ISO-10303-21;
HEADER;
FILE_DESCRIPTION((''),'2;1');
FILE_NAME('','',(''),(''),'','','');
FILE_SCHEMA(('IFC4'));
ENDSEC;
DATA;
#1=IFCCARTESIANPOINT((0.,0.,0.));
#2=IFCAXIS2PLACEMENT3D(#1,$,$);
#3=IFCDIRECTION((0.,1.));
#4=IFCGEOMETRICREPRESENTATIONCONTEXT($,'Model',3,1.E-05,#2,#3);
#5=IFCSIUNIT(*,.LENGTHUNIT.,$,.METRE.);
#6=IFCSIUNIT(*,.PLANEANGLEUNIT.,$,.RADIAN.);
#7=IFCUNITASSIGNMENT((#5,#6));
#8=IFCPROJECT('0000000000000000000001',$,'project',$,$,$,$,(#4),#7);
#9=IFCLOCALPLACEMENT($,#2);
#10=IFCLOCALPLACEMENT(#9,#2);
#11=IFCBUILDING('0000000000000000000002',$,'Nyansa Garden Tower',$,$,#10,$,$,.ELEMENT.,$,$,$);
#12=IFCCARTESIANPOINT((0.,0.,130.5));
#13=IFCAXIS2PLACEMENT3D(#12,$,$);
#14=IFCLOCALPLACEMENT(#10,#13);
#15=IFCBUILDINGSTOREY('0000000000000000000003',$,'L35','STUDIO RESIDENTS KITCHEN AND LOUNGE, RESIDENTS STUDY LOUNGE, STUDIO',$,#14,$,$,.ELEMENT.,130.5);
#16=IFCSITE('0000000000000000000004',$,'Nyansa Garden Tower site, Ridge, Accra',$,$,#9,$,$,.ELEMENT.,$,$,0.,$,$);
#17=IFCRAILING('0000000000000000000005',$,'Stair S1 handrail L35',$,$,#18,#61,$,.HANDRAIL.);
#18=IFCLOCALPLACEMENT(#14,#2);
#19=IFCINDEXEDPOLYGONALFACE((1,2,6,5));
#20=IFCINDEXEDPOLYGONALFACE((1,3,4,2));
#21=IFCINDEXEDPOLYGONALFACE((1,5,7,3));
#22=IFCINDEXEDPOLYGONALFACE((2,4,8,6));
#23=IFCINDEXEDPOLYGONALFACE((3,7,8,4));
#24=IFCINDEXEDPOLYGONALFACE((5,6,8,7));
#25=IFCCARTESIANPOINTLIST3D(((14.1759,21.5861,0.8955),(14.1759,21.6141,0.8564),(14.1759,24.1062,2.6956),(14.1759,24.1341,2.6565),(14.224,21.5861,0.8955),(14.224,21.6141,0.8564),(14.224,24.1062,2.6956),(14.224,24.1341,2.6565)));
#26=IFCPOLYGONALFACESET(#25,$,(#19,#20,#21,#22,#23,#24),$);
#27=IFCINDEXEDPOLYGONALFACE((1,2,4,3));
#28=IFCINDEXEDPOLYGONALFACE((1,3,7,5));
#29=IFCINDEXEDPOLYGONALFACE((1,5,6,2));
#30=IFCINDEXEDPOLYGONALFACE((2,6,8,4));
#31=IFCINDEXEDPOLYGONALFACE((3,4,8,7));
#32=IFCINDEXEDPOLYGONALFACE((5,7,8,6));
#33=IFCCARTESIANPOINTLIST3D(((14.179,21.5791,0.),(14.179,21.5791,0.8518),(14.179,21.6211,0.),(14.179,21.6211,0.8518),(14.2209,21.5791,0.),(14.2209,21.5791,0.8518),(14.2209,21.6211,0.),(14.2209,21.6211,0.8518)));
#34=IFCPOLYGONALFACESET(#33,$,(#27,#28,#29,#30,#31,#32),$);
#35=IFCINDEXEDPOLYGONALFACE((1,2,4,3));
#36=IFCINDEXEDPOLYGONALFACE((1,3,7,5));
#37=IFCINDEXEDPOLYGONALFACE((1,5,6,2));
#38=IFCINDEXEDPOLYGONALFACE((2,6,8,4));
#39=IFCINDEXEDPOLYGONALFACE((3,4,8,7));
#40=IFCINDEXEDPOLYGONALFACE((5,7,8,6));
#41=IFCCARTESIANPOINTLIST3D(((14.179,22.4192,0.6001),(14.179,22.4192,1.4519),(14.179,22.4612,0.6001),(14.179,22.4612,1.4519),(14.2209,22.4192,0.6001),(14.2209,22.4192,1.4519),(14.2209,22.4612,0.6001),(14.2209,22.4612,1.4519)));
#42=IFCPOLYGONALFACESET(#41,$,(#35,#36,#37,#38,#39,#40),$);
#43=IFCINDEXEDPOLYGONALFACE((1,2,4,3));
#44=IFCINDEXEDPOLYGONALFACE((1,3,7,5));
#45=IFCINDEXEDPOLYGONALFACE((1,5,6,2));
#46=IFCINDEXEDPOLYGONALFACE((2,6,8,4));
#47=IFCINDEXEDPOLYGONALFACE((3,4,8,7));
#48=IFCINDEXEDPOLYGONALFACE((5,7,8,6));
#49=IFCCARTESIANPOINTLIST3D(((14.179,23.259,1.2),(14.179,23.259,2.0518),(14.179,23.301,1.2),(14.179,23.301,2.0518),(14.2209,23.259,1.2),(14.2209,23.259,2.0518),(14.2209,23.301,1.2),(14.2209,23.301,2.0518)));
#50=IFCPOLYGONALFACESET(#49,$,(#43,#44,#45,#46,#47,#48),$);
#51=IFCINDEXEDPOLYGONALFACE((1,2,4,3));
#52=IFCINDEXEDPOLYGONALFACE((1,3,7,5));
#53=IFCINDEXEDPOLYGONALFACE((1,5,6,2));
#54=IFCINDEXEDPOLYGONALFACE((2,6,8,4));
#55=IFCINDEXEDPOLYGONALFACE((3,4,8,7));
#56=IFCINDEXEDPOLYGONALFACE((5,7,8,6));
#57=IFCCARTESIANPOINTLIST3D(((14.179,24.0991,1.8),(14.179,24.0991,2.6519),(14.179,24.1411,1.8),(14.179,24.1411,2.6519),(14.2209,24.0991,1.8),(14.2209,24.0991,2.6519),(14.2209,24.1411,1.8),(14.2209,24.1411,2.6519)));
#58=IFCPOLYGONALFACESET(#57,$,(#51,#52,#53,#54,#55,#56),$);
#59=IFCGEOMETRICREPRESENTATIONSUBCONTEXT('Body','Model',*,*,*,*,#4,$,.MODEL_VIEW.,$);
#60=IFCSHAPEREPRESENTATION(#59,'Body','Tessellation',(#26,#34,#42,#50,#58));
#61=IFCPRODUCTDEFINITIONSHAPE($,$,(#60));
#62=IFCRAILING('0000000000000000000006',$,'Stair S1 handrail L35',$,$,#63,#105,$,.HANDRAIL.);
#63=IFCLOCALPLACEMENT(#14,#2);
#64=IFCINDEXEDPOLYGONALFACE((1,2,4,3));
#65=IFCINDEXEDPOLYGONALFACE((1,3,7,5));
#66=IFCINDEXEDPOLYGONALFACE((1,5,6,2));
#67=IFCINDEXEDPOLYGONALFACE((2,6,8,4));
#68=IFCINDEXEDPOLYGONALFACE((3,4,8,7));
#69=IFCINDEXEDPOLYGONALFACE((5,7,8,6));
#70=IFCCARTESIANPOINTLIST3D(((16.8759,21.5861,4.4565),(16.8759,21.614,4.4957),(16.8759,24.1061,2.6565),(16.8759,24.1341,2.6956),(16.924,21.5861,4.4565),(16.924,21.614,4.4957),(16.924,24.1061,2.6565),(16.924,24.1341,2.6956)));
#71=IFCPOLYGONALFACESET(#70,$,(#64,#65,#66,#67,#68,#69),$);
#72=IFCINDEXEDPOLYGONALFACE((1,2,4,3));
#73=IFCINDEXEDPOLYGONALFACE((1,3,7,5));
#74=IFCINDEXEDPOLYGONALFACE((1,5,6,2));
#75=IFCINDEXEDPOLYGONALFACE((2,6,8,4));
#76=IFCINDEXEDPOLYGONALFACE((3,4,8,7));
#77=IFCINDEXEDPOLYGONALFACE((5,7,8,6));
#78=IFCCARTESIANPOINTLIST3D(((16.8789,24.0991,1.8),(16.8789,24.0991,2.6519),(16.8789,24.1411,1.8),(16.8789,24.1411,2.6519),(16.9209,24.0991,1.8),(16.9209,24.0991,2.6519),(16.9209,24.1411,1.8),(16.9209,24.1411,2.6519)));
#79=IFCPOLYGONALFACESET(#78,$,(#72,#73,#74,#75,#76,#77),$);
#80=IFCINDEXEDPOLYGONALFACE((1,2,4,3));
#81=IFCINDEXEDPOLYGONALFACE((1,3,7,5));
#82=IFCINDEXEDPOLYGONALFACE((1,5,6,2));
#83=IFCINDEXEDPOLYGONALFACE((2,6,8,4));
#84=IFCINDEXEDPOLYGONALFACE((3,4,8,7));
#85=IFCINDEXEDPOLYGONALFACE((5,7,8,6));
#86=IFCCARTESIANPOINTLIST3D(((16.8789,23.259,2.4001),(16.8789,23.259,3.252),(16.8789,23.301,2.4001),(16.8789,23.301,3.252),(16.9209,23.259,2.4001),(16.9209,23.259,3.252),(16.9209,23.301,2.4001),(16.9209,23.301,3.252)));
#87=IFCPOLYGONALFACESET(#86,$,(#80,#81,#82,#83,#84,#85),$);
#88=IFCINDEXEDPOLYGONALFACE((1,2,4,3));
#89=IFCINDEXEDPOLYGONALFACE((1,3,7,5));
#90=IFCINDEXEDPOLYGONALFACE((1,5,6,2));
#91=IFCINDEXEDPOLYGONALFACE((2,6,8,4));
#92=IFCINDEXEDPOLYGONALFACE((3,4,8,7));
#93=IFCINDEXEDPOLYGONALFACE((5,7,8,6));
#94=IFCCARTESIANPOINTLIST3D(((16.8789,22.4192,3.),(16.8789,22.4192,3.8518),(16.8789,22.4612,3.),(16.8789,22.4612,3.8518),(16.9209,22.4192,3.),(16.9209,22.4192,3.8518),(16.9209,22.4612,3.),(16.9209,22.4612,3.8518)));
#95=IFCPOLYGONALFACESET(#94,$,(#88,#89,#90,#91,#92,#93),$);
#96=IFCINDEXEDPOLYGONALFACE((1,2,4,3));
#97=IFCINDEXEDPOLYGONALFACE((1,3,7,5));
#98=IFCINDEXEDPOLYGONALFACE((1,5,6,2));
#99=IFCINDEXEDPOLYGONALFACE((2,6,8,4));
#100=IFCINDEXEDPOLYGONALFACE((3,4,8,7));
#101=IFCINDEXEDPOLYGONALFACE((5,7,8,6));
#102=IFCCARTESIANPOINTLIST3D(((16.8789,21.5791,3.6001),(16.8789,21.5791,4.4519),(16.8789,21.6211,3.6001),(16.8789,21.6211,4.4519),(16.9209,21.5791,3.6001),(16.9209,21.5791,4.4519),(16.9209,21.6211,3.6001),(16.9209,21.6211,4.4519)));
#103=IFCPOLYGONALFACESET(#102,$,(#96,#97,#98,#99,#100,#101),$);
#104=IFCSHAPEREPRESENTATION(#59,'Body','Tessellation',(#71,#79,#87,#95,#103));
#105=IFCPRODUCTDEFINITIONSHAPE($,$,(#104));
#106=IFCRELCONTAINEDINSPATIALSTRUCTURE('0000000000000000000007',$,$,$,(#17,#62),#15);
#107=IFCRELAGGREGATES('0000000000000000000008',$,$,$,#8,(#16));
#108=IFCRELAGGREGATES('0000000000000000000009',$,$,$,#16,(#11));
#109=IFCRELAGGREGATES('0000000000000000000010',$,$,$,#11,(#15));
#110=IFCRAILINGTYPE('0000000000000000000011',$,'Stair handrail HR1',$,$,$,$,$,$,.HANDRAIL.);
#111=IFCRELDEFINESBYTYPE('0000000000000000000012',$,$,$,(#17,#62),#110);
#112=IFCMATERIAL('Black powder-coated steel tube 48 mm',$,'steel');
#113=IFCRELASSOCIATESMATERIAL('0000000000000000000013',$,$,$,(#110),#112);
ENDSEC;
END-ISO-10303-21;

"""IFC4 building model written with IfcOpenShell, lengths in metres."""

from ifc_helpers import new_model, si_unit, direction, frame, origin, origin_2d, place, context, subcontext, project, spatial, rectangle, extrude, material, type_object, element, save


model = new_model("IFC4")

# Units and contexts
model_context = context("Model", 3, precision=1e-05, world=origin(), true_north=direction((0.0, 1.0)))
body_context = subcontext(model_context, "Body", "Model", "MODEL_VIEW")
ifc_project = project(units=[si_unit("LENGTHUNIT", "METRE"), si_unit("PLANEANGLEUNIT", "RADIAN")], contexts=[model_context])

# Site, building, storey
site_placement = place(None, origin())
site = spatial("IfcSite", under=ifc_project, at=site_placement, Name="Nyansa Garden Tower site, Ridge, Accra", CompositionType="ELEMENT", RefElevation=0.0)
building_placement = place(site_placement, origin())
building = spatial("IfcBuilding", under=site, at=building_placement, Name="Nyansa Garden Tower", CompositionType="ELEMENT")
storey_placement = place(building_placement, frame((0.0, 0.0, 130.5)))
storey = spatial("IfcBuildingStorey", under=building, at=storey_placement, Name="L35", Description="STUDIO RESIDENTS KITCHEN AND LOUNGE, RESIDENTS STUDY LOUNGE, STUDIO", CompositionType="ELEMENT", Elevation=130.5)

# Railings
ifc_material_1 = material(Name="Black powder-coated steel tube 48 mm", Category="steel")
railing_type = type_object("IfcRailingType", Name="Stair handrail HR1", PredefinedType="HANDRAIL", material=ifc_material_1)
railing_1_placement = place(storey_placement, frame((14.2, 21.6001, 0.0)))
element("IfcRailing", 1, at=railing_1_placement, inside=storey, type_object=railing_type, Name="Stair S1 handrail L35", PredefinedType="HANDRAIL", context=body_context, shape_type="SweptSolid", body=[
    extrude(rectangle(XDim=0.0481, YDim=0.0481, at=origin_2d()), frame((0.0, 0.0, 0.876), z_axis=(0.0, 0.813728, 0.581246), x_axis=(-1.0, 0.0, 0.0)), (0.0, 0.0, 1.0), 3.0969),
    extrude(rectangle(XDim=0.042, YDim=0.042, at=origin_2d()), origin(), (0.0, 0.0, 1.0), 0.8518),
    extrude(rectangle(XDim=0.042, YDim=0.042, at=origin_2d()), frame((0.0, 0.8401, 0.6001)), (0.0, 0.0, 1.0), 0.8518),
    extrude(rectangle(XDim=0.042, YDim=0.042, at=origin_2d()), frame((0.0, 1.6799, 1.2)), (0.0, 0.0, 1.0), 0.8518),
    extrude(rectangle(XDim=0.042, YDim=0.042, at=origin_2d()), frame((0.0, 2.52, 1.8)), (0.0, 0.0, 1.0), 0.8518),
])
railing_2_placement = place(storey_placement, frame((16.8999, 24.1201, 1.8)))
element("IfcRailing", 2, at=railing_2_placement, inside=storey, type_object=railing_type, Name="Stair S1 handrail L35", PredefinedType="HANDRAIL", context=body_context, shape_type="SweptSolid", body=[
    extrude(rectangle(XDim=0.0481, YDim=0.0481, at=origin_2d()), frame((0.0, 0.0, 0.876), z_axis=(0.0, -0.813728, 0.581246), x_axis=(1.0, 0.0, 0.0)), (0.0, 0.0, 1.0), 3.0969),
    extrude(rectangle(XDim=0.042, YDim=0.042, at=origin_2d()), origin(), (0.0, 0.0, 1.0), 0.8518),
    extrude(rectangle(XDim=0.042, YDim=0.042, at=origin_2d()), frame((0.0, -0.8401, 0.6001)), (0.0, 0.0, 1.0), 0.8518),
    extrude(rectangle(XDim=0.042, YDim=0.042, at=origin_2d()), frame((0.0, -1.6799, 1.2)), (0.0, 0.0, 1.0), 0.8518),
    extrude(rectangle(XDim=0.042, YDim=0.042, at=origin_2d()), frame((0.0, -2.52, 1.8)), (0.0, 0.0, 1.0), 0.8518),
])

save(model, "model.ifc")
